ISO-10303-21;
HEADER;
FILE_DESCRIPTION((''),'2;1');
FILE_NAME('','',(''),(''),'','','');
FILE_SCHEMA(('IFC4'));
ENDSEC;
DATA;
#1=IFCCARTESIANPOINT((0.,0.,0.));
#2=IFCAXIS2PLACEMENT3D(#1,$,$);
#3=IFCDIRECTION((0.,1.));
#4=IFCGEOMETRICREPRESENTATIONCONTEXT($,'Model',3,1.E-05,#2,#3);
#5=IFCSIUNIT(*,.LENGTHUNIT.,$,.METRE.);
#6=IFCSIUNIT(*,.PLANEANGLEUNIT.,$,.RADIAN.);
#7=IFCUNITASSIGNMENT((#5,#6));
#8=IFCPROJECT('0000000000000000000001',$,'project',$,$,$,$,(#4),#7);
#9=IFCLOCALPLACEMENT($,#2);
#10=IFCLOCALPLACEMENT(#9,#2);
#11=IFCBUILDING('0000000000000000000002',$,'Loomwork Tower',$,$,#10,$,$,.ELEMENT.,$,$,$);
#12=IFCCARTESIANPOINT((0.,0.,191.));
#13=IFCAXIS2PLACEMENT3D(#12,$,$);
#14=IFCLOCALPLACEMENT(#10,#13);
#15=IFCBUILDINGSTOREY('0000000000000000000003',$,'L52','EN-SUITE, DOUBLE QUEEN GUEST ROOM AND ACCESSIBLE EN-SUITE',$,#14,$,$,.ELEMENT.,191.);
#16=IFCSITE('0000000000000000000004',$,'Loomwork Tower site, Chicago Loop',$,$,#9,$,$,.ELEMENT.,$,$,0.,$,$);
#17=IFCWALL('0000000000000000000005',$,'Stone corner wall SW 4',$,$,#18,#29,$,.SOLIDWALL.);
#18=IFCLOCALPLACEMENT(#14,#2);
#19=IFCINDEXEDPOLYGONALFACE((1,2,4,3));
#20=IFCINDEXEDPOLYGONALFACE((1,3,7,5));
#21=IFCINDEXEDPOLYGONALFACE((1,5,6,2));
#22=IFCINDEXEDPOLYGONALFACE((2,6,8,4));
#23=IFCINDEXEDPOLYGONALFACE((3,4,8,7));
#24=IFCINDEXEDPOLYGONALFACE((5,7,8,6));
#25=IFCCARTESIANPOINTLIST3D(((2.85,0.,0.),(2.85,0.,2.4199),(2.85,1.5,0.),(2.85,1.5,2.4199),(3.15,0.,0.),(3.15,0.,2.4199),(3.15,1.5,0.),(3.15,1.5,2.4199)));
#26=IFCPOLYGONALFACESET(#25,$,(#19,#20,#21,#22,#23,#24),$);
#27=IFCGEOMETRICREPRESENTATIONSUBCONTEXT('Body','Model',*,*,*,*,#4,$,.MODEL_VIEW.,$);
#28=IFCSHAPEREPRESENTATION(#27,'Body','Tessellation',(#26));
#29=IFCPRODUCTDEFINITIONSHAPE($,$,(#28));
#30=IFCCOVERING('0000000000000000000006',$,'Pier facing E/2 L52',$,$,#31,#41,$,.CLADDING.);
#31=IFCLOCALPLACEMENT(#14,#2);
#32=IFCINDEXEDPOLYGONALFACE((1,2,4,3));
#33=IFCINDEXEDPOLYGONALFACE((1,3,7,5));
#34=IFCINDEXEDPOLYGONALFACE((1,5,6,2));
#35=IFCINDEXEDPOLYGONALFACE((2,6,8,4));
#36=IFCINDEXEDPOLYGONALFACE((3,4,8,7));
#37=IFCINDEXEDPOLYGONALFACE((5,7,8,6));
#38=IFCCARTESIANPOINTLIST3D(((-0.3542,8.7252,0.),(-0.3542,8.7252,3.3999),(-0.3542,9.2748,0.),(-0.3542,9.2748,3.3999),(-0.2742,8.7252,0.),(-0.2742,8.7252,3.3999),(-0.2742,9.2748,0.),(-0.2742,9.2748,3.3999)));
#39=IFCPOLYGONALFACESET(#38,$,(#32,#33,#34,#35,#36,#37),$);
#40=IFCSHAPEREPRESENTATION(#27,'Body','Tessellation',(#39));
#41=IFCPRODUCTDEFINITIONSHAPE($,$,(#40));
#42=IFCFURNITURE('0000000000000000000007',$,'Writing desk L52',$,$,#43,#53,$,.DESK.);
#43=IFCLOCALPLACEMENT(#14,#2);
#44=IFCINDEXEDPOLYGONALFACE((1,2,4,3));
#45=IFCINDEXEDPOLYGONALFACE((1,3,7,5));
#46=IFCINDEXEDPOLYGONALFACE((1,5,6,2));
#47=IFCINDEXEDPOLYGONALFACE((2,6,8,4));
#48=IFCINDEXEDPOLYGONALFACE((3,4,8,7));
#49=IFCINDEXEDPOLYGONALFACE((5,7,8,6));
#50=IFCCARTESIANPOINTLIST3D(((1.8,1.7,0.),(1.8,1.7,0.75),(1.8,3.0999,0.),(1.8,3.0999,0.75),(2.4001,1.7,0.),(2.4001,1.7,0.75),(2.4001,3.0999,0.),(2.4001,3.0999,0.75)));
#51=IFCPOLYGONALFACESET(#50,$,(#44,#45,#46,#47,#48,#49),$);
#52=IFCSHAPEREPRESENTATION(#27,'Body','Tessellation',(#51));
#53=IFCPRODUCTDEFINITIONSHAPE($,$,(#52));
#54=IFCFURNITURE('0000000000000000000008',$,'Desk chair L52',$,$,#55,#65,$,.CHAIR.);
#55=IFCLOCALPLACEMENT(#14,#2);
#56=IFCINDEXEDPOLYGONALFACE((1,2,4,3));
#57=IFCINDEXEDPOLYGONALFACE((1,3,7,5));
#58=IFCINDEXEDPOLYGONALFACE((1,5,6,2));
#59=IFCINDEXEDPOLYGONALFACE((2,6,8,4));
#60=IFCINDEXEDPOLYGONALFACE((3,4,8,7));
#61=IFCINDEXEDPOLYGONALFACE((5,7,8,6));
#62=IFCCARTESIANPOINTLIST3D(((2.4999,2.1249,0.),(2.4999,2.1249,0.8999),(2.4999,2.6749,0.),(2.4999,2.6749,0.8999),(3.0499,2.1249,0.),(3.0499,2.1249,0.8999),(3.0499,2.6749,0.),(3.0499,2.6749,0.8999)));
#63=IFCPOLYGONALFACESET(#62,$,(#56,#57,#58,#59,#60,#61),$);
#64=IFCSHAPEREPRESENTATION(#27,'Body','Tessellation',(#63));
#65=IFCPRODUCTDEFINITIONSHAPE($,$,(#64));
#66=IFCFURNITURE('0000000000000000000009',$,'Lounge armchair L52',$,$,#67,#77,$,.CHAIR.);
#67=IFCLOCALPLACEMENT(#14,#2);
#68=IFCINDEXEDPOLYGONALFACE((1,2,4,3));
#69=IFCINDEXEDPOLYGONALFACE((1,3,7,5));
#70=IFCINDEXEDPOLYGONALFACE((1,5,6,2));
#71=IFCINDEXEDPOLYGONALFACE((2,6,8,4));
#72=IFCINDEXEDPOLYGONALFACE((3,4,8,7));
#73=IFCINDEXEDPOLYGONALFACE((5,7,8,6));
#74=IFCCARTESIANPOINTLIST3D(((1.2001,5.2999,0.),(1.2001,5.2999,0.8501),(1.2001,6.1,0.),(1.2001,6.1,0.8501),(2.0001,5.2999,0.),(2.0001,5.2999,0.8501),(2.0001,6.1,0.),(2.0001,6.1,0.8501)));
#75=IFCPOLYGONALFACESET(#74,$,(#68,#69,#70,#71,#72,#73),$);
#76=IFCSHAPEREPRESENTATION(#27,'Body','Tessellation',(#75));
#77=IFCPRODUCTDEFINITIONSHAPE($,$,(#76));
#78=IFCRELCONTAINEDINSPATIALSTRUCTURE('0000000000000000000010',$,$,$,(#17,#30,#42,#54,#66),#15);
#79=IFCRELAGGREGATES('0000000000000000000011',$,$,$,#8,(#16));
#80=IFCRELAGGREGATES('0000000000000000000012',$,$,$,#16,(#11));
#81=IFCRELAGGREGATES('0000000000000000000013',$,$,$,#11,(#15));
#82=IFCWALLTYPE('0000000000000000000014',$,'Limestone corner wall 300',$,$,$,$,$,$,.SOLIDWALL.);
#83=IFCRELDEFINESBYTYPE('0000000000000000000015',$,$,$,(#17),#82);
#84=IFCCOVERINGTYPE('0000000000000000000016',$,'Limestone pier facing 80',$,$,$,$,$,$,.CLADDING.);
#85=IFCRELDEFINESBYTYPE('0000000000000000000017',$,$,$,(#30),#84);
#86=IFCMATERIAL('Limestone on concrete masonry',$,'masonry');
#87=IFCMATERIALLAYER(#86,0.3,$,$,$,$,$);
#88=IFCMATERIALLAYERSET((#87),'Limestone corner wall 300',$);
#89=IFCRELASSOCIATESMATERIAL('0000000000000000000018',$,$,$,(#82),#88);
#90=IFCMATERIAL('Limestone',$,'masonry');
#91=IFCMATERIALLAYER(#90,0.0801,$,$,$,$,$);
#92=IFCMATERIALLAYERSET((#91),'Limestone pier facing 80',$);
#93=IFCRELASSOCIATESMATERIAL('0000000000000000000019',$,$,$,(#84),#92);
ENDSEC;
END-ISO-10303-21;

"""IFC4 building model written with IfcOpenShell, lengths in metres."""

from ifc_helpers import new_model, si_unit, direction, frame, frame_2d, origin, origin_2d, place, context, subcontext, project, spatial, rectangle, extrude, material, layer, layer_set, type_object, element, save


model = new_model("IFC4")

# Units and contexts
model_context = context("Model", 3, precision=1e-05, world=origin(), true_north=direction((0.0, 1.0)))
body_context = subcontext(model_context, "Body", "Model", "MODEL_VIEW")
ifc_project = project(units=[si_unit("LENGTHUNIT", "METRE"), si_unit("PLANEANGLEUNIT", "RADIAN")], contexts=[model_context])

# Site, building, storey
site_placement = place(None, origin())
site = spatial("IfcSite", under=ifc_project, at=site_placement, Name="Loomwork Tower site, Chicago Loop", CompositionType="ELEMENT", RefElevation=0.0)
building_placement = place(site_placement, origin())
building = spatial("IfcBuilding", under=site, at=building_placement, Name="Loomwork Tower", CompositionType="ELEMENT")
storey_placement = place(building_placement, frame((0.0, 0.0, 191.0)))
storey = spatial("IfcBuildingStorey", under=building, at=storey_placement, Name="L52", Description="EN-SUITE, DOUBLE QUEEN GUEST ROOM AND ACCESSIBLE EN-SUITE", CompositionType="ELEMENT", Elevation=191.0)

# Shared definitions
ifc_material_1 = material(Name="Limestone on concrete masonry", Category="masonry")
ifc_layer_1 = layer(ifc_material_1, 0.3)
ifc_layer_set_1 = layer_set([ifc_layer_1], Name="Limestone corner wall 300")
wall_type_1 = type_object("IfcWallType", Name="Limestone corner wall 300", PredefinedType="SOLIDWALL", material=ifc_layer_set_1)

# Wall
wall_1_placement = place(storey_placement, frame((3.0, 1.5, 0.0), z_axis=(0.0, 0.0, 1.0), x_axis=(0.0, -1.0, 0.0)))
element("IfcWall", 1, at=wall_1_placement, inside=storey, type_object=wall_type_1, Name="Stone corner wall SW 4", PredefinedType="SOLIDWALL", context=body_context, shape_type="SweptSolid", body=[
    extrude(rectangle(XDim=1.5, YDim=0.3, at=frame_2d((0.75, 0.0))), origin(), (0.0, 0.0, 1.0), 2.4199),
])

# Covering
ifc_material_2 = material(Name="Limestone", Category="masonry")
ifc_layer_2 = layer(ifc_material_2, 0.0801)
ifc_layer_set_2 = layer_set([ifc_layer_2], Name="Limestone pier facing 80")
covering_type = type_object("IfcCoveringType", Name="Limestone pier facing 80", PredefinedType="CLADDING", material=ifc_layer_set_2)
covering_placement = place(storey_placement, frame((-0.3142, 9.0, 0.0), z_axis=(0.0, 0.0, 1.0), x_axis=(1.0, 0.0, 0.0)))
element("IfcCovering", 2, at=covering_placement, inside=storey, type_object=covering_type, Name="Pier facing E/2 L52", PredefinedType="CLADDING", context=body_context, shape_type="SweptSolid", body=[
    extrude(rectangle(XDim=0.0801, YDim=0.5496, at=origin_2d()), origin(), (0.0, 0.0, 1.0), 3.3999),
])

# Furniture
furniture_1_placement = place(storey_placement, frame((2.1001, 2.3999, 0.0), z_axis=(0.0, 0.0, 1.0), x_axis=(1.0, 0.0, 0.0)))
element("IfcFurniture", 3, at=furniture_1_placement, inside=storey, Name="Writing desk L52", PredefinedType="DESK", context=body_context, shape_type="SweptSolid", body=[
    extrude(rectangle(XDim=0.6001, YDim=1.3999, at=origin_2d()), origin(), (0.0, 0.0, 1.0), 0.75),
])
furniture_2_placement = place(storey_placement, frame((2.7749, 2.3999, 0.0), z_axis=(0.0, 0.0, 1.0), x_axis=(1.0, 0.0, 0.0)))
element("IfcFurniture", 4, at=furniture_2_placement, inside=storey, Name="Desk chair L52", PredefinedType="CHAIR", context=body_context, shape_type="SweptSolid", body=[
    extrude(rectangle(XDim=0.55, YDim=0.55, at=origin_2d()), origin(), (0.0, 0.0, 1.0), 0.8999),
])
furniture_3_placement = place(storey_placement, frame((1.6001, 5.7, 0.0), z_axis=(0.0, 0.0, 1.0), x_axis=(1.0, 0.0, 0.0)))
element("IfcFurniture", 5, at=furniture_3_placement, inside=storey, Name="Lounge armchair L52", PredefinedType="CHAIR", context=body_context, shape_type="SweptSolid", body=[
    extrude(rectangle(XDim=0.8, YDim=0.8, at=origin_2d()), origin(), (0.0, 0.0, 1.0), 0.8501),
])

save(model, "model.ifc")
